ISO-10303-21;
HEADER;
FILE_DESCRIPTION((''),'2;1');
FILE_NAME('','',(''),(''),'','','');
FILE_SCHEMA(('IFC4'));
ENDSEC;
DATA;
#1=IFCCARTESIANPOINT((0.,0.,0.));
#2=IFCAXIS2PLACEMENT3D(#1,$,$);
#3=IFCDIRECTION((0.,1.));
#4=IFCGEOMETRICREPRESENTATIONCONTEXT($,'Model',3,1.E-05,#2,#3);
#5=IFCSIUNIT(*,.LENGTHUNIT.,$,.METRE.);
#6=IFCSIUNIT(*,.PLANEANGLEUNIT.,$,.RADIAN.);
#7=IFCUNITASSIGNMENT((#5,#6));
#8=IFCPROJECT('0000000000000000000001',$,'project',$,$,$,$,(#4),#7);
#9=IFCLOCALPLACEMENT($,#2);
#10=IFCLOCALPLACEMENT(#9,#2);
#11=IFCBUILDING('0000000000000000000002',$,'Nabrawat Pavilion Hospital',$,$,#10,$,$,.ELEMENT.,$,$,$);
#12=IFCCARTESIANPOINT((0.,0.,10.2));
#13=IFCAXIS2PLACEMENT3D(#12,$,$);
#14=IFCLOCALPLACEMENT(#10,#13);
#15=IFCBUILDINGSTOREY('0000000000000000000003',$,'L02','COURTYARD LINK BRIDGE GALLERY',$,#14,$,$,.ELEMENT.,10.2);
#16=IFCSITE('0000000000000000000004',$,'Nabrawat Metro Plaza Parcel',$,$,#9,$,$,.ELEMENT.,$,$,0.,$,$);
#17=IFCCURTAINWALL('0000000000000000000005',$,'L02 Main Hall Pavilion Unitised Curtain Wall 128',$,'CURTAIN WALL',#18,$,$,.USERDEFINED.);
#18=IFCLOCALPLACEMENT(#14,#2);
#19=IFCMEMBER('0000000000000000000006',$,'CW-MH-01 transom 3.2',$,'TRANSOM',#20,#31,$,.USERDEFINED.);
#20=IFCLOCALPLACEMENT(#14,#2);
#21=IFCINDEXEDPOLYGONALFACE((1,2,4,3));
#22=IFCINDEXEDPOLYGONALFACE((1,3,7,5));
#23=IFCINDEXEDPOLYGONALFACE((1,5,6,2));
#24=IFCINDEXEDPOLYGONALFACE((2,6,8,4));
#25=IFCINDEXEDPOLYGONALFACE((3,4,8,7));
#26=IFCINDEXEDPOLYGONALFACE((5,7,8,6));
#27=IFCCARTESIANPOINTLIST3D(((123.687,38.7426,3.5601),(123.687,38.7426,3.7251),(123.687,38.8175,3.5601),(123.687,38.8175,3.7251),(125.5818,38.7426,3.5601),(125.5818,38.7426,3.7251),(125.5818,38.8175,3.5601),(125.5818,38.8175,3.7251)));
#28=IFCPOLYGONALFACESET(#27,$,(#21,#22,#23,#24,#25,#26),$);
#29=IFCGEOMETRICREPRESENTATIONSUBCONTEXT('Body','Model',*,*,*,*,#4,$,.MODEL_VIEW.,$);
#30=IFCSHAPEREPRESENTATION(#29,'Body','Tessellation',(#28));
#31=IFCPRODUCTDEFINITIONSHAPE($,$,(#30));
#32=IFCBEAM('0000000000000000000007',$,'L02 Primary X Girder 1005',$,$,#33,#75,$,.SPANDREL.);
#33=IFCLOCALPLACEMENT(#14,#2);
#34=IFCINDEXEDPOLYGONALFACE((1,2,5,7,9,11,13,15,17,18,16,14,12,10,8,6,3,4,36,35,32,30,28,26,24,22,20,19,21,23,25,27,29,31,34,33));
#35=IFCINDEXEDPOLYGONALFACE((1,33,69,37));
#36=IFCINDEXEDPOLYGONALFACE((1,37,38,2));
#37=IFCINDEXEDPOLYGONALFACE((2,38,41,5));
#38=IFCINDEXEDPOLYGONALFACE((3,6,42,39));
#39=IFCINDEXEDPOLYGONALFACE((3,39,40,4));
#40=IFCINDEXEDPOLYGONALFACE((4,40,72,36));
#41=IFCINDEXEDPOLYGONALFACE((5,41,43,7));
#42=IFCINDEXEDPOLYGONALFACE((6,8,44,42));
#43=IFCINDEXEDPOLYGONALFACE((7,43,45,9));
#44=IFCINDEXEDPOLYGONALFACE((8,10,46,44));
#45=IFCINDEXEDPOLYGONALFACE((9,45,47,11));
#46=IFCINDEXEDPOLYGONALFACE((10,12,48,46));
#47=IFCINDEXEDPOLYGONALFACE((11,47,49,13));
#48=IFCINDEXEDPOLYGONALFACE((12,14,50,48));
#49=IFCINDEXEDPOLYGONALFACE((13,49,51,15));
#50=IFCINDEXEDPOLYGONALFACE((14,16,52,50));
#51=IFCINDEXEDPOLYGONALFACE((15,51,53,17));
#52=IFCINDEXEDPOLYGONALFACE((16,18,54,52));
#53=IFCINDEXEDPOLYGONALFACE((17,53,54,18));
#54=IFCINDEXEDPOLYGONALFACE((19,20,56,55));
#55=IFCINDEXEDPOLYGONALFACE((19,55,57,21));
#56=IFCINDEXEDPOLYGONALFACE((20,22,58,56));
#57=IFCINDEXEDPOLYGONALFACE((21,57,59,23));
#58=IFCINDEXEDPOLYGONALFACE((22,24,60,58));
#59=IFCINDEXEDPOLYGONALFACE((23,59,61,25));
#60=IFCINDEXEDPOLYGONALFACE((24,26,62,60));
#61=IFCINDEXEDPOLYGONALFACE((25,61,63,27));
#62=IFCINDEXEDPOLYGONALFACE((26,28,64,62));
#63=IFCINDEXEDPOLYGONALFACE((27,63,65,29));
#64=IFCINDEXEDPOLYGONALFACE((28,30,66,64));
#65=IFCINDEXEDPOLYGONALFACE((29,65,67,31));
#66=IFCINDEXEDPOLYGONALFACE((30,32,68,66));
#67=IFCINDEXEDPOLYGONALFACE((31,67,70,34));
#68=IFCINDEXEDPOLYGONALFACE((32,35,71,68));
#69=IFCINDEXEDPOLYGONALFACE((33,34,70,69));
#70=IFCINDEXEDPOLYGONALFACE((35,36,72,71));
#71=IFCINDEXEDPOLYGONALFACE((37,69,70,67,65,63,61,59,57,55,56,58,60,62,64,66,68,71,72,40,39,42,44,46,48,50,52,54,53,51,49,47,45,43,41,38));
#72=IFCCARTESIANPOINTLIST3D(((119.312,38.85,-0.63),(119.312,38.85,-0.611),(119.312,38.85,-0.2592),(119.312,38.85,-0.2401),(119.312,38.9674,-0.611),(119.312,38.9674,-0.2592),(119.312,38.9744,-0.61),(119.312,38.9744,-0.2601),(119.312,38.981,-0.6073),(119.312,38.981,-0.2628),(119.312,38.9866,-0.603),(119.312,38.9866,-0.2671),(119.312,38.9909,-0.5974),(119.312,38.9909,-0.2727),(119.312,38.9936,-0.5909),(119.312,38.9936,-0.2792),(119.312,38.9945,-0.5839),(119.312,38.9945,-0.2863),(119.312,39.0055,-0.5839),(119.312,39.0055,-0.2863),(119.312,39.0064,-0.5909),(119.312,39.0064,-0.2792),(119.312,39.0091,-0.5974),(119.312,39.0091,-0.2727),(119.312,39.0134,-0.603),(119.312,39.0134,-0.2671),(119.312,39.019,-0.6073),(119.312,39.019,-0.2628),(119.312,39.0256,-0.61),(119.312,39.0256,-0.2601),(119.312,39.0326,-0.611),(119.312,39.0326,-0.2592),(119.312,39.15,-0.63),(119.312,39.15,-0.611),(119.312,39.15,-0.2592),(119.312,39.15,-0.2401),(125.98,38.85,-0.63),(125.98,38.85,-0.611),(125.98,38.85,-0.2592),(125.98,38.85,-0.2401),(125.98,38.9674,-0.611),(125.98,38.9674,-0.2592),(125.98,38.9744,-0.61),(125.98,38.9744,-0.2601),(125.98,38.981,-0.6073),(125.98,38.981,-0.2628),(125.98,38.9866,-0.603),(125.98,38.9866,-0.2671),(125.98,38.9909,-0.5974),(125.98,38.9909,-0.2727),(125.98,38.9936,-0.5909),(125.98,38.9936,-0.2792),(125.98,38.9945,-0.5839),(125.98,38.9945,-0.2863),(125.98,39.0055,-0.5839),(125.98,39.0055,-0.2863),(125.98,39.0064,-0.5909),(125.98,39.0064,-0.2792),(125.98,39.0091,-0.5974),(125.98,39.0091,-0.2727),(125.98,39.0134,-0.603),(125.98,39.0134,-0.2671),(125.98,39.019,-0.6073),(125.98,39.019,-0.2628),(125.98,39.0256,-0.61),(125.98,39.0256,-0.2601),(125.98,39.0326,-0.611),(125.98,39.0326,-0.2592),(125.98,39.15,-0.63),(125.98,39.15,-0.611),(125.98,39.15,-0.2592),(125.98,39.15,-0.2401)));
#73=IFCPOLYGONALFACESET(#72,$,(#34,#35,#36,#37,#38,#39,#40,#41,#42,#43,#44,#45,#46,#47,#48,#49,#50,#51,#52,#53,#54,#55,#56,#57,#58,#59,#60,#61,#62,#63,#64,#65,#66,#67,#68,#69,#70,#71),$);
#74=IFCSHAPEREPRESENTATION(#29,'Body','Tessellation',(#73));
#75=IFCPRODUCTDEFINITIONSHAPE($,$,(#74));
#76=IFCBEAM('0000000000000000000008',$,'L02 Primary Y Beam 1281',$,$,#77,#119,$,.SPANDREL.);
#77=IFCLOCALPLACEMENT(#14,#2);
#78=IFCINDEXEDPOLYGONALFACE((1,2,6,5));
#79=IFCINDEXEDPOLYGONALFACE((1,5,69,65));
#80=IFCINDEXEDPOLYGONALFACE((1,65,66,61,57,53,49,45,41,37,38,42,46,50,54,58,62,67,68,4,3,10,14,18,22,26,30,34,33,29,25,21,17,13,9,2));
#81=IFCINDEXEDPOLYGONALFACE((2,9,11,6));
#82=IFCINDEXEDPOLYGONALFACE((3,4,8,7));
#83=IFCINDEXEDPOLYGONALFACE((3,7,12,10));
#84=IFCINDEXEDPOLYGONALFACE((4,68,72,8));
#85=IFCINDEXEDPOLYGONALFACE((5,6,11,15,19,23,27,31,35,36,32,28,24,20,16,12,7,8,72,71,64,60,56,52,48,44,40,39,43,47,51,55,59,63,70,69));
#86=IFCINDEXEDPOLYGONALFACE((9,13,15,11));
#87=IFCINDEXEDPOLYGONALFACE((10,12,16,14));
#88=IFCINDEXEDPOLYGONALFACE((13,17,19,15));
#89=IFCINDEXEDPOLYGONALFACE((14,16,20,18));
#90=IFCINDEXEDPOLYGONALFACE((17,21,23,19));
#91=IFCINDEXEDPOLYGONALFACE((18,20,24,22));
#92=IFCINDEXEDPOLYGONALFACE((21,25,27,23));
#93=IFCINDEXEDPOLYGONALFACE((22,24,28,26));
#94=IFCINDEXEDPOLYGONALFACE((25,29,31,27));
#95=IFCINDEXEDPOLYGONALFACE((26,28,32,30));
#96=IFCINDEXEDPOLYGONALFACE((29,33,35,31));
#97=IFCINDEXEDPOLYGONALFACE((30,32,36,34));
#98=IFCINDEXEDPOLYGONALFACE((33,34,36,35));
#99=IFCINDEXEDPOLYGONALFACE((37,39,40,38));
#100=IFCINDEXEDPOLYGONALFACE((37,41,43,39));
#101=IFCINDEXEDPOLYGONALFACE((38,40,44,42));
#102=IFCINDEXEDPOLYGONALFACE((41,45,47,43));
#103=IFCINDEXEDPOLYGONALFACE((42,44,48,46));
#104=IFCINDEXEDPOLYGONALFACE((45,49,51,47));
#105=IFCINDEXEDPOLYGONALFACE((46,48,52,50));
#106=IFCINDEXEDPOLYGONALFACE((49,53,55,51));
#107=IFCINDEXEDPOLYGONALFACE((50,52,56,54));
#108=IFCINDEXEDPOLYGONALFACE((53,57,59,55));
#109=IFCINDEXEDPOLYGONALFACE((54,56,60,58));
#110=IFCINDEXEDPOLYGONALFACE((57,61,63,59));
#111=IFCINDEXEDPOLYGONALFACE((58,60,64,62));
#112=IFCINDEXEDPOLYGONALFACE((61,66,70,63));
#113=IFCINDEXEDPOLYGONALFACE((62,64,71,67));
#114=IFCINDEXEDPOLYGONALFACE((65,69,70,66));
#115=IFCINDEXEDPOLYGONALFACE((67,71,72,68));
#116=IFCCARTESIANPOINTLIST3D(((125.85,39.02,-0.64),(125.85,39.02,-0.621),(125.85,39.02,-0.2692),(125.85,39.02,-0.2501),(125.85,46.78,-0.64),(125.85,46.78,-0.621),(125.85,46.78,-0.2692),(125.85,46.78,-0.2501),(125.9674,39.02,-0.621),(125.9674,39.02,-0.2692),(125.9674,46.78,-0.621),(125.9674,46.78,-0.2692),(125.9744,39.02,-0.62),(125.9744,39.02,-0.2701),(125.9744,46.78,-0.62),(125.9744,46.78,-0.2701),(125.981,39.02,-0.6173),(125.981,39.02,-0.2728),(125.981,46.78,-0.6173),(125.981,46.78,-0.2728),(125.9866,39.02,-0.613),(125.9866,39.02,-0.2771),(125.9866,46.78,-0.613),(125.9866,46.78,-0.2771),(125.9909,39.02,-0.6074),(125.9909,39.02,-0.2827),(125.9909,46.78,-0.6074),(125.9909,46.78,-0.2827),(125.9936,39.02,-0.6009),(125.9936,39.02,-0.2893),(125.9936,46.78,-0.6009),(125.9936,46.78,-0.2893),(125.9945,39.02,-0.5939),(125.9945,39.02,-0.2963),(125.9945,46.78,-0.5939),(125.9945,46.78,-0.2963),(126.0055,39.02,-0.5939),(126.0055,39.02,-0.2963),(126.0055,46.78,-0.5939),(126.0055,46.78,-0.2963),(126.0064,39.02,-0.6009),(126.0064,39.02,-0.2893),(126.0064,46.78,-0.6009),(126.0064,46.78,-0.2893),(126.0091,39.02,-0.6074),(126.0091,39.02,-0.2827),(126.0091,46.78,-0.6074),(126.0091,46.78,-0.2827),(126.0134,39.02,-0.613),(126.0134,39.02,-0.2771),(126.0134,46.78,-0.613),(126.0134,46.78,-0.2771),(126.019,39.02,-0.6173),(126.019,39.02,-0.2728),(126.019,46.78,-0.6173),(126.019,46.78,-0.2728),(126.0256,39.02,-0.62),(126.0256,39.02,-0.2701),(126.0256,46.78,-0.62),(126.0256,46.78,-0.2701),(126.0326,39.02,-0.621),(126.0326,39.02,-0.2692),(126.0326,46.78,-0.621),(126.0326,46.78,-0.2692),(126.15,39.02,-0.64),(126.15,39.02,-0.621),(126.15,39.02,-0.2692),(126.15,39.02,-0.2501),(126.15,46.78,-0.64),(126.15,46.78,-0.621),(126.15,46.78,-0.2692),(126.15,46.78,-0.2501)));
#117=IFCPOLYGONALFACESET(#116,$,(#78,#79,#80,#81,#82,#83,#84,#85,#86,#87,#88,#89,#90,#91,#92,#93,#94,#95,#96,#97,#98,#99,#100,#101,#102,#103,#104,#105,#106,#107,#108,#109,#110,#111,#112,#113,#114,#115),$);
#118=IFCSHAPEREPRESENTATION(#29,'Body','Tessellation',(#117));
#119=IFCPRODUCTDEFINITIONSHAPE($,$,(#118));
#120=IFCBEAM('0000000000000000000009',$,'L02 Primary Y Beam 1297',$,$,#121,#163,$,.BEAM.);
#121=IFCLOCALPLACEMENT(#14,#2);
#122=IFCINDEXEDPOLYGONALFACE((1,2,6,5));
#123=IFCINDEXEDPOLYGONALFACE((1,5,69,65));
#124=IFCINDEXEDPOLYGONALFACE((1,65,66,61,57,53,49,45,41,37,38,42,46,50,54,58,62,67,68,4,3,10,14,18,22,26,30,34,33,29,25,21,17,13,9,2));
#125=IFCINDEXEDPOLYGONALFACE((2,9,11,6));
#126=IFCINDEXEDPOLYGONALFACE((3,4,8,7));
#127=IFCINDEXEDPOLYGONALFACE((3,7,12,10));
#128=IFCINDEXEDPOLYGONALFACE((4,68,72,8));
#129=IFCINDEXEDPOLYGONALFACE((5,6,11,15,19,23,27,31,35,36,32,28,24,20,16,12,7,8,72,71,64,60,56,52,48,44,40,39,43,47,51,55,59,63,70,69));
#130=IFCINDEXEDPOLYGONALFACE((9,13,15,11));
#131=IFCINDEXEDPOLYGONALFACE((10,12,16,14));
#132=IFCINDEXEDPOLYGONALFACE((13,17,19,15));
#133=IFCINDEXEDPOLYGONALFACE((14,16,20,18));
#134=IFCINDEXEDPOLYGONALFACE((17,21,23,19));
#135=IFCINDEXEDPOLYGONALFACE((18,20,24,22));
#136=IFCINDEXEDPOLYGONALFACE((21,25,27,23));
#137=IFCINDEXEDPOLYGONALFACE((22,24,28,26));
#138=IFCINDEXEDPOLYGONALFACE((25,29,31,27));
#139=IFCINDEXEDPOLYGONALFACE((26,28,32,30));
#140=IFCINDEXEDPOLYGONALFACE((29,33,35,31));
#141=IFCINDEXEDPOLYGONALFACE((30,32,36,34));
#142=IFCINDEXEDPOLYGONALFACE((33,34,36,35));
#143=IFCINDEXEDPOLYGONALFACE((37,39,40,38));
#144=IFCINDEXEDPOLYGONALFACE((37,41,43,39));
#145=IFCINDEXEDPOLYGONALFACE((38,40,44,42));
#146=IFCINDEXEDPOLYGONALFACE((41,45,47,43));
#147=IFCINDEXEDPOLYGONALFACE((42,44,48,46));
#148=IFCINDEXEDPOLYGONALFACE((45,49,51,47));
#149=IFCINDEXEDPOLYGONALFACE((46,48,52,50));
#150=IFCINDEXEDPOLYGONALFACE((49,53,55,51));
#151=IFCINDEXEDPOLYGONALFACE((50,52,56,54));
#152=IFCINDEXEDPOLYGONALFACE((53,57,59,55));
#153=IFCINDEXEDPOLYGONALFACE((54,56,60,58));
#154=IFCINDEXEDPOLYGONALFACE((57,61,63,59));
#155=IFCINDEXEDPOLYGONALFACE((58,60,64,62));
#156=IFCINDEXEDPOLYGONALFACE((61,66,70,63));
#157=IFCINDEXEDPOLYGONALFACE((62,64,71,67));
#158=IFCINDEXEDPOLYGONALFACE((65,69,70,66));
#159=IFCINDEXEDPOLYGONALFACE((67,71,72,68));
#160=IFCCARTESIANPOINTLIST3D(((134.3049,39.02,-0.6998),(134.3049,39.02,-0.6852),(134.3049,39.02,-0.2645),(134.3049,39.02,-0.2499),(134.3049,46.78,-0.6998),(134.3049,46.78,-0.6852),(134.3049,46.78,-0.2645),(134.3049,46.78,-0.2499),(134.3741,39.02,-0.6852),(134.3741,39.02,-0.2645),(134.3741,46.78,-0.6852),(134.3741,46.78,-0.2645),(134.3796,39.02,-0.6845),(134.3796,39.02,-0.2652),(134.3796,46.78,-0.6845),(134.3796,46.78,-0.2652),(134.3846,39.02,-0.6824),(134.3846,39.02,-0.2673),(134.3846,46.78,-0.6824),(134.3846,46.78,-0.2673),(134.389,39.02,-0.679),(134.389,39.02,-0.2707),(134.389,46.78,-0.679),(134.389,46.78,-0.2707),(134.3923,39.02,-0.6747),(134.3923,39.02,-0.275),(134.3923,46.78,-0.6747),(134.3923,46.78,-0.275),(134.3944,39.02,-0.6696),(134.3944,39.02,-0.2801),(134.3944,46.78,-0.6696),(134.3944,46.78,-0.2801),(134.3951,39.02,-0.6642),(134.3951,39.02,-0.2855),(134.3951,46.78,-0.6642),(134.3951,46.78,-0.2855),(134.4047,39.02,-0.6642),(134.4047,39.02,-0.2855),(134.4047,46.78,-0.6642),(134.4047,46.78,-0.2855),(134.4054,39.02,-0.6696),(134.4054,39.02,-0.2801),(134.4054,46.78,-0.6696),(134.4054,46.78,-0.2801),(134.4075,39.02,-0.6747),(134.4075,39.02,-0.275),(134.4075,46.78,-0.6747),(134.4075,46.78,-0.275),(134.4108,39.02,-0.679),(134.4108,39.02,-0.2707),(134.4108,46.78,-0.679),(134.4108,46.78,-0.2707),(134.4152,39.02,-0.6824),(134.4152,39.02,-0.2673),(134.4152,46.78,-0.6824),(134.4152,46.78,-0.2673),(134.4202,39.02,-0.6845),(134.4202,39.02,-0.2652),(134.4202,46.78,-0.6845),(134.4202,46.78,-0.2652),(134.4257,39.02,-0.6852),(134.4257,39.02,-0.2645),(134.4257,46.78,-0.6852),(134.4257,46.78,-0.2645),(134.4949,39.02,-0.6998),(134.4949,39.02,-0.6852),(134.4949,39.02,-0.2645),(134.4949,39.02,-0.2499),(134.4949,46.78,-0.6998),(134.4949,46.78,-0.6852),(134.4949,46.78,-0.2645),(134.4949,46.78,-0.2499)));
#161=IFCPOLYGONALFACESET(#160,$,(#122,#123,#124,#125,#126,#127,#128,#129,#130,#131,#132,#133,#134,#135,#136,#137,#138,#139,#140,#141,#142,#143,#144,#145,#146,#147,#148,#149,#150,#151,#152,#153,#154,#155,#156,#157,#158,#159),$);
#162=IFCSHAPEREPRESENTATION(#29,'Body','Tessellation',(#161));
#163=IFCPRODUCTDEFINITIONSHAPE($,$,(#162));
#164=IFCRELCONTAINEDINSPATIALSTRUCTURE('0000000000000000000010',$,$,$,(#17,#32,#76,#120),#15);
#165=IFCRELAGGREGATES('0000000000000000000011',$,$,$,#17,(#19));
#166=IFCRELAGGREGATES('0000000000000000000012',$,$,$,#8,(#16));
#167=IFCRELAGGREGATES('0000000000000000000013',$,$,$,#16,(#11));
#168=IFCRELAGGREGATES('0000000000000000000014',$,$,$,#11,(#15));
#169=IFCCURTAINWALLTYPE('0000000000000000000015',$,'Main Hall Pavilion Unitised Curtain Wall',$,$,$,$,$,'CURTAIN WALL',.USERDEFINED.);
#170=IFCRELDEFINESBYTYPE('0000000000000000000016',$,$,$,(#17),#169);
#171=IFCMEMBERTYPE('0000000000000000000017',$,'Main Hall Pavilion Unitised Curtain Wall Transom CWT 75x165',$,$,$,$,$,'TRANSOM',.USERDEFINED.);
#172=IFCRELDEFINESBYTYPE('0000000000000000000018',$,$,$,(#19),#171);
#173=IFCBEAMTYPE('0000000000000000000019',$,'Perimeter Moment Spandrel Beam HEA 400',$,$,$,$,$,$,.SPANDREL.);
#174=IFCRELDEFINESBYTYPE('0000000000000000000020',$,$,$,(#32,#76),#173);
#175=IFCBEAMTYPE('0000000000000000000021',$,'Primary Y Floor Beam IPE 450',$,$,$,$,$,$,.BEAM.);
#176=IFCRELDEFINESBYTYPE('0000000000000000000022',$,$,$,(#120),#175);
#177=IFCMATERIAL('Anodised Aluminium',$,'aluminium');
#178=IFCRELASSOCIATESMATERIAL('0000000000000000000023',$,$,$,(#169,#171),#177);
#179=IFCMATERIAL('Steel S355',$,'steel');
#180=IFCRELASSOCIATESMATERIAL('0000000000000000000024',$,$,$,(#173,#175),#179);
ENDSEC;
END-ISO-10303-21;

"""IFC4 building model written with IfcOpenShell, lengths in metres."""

from ifc_helpers import new_model, si_unit, direction, frame, origin, origin_2d, place, context, subcontext, project, spatial, rectangle, i_section, extrude, material, material_profile, profile_set, type_object, element, aggregate, save


model = new_model("IFC4")

# Units and contexts
model_context = context("Model", 3, precision=1e-05, world=origin(), true_north=direction((0.0, 1.0)))
body_context = subcontext(model_context, "Body", "Model", "MODEL_VIEW")
ifc_project = project(units=[si_unit("LENGTHUNIT", "METRE"), si_unit("PLANEANGLEUNIT", "RADIAN")], contexts=[model_context])

# Site, building, storey
site_placement = place(None, origin())
site = spatial("IfcSite", under=ifc_project, at=site_placement, Name="Nabrawat Metro Plaza Parcel", CompositionType="ELEMENT", RefElevation=0.0)
building_placement = place(site_placement, origin())
building = spatial("IfcBuilding", under=site, at=building_placement, Name="Nabrawat Pavilion Hospital", CompositionType="ELEMENT")
storey_placement = place(building_placement, frame((0.0, 0.0, 10.2)))
storey = spatial("IfcBuildingStorey", under=building, at=storey_placement, Name="L02", Description="COURTYARD LINK BRIDGE GALLERY", CompositionType="ELEMENT", Elevation=10.2)

# Shared definitions
ifc_material_1 = material(Name="Steel S355", Category="steel")

# Curtain wall, member
ifc_material_2 = material(Name="Anodised Aluminium", Category="aluminium")
curtain_wall_type_1 = type_object("IfcCurtainWallType", Name="Main Hall Pavilion Unitised Curtain Wall", ElementType="CURTAIN WALL", PredefinedType="USERDEFINED", material=ifc_material_2)
curtain_wall_1_placement = place(storey_placement, origin())
curtain_wall_1 = element("IfcCurtainWall", 1, at=curtain_wall_1_placement, inside=storey, type_object=curtain_wall_type_1, Name="L02 Main Hall Pavilion Unitised Curtain Wall 128", ObjectType="CURTAIN WALL", PredefinedType="USERDEFINED")
ifc_material_profile_1 = material_profile(ifc_material_2, rectangle(XDim=0.075, YDim=0.165, at=origin_2d()), Name="CWT 75x165")
ifc_profile_set_1 = profile_set([ifc_material_profile_1], Name="Anodised Aluminium")
member_type_1 = type_object("IfcMemberType", Name="Main Hall Pavilion Unitised Curtain Wall Transom CWT 75x165", ElementType="TRANSOM", PredefinedType="USERDEFINED", material=ifc_profile_set_1)
member_1_placement = place(storey_placement, frame((123.687, 38.78, 3.6426), z_axis=(1.0, 0.0, 0.0), x_axis=(0.0, 1.0, 0.0)))
member_1 = element("IfcMember", 2, at=member_1_placement, type_object=member_type_1, Name="CW-MH-01 transom 3.2", ObjectType="TRANSOM", PredefinedType="USERDEFINED", context=body_context, shape_type="SweptSolid", body=[
    extrude(rectangle(XDim=0.075, YDim=0.165, at=origin_2d()), origin(), (0.0, 0.0, 1.0), 1.8948),
])

# Beams
ifc_material_profile_2 = material_profile(ifc_material_1, i_section(OverallWidth=0.3, OverallDepth=0.3899, WebThickness=0.011, FlangeThickness=0.019, FilletRadius=0.0271, at=origin_2d()), Name="HEA 400")
ifc_profile_set_2 = profile_set([ifc_material_profile_2], Name="Steel S355")
beam_type_1 = type_object("IfcBeamType", Name="Perimeter Moment Spandrel Beam HEA 400", PredefinedType="SPANDREL", material=ifc_profile_set_2)
beam_1_placement = place(storey_placement, frame((119.312, 39.0, -0.4351), z_axis=(1.0, 0.0, 0.0), x_axis=(0.0, 1.0, 0.0)))
element("IfcBeam", 3, at=beam_1_placement, inside=storey, type_object=beam_type_1, Name="L02 Primary X Girder 1005", PredefinedType="SPANDREL", context=body_context, shape_type="SweptSolid", body=[
    extrude(i_section(OverallWidth=0.3, OverallDepth=0.3899, WebThickness=0.011, FlangeThickness=0.019, FilletRadius=0.0271, at=origin_2d()), origin(), (0.0, 0.0, 1.0), 6.668),
])
beam_2_placement = place(storey_placement, frame((126.0, 39.02, -0.4451), z_axis=(0.0, 1.0, 0.0), x_axis=(-1.0, 0.0, 0.0)))
element("IfcBeam", 4, at=beam_2_placement, inside=storey, type_object=beam_type_1, Name="L02 Primary Y Beam 1281", PredefinedType="SPANDREL", context=body_context, shape_type="SweptSolid", body=[
    extrude(i_section(OverallWidth=0.3, OverallDepth=0.3899, WebThickness=0.011, FlangeThickness=0.019, FilletRadius=0.0271, at=origin_2d()), origin(), (0.0, 0.0, 1.0), 7.76),
])
ifc_material_profile_3 = material_profile(ifc_material_1, i_section(OverallWidth=0.1899, OverallDepth=0.45, WebThickness=0.0095, FlangeThickness=0.0146, FilletRadius=0.021, at=origin_2d()), Name="IPE 450")
ifc_profile_set_3 = profile_set([ifc_material_profile_3], Name="Steel S355")
beam_type_2 = type_object("IfcBeamType", Name="Primary Y Floor Beam IPE 450", PredefinedType="BEAM", material=ifc_profile_set_3)
beam_3_placement = place(storey_placement, frame((134.3999, 39.02, -0.4749), z_axis=(0.0, 1.0, 0.0), x_axis=(-1.0, 0.0, 0.0)))
element("IfcBeam", 5, at=beam_3_placement, inside=storey, type_object=beam_type_2, Name="L02 Primary Y Beam 1297", PredefinedType="BEAM", context=body_context, shape_type="SweptSolid", body=[
    extrude(i_section(OverallWidth=0.1899, OverallDepth=0.45, WebThickness=0.0095, FlangeThickness=0.0146, FilletRadius=0.021, at=origin_2d()), origin(), (0.0, 0.0, 1.0), 7.76),
])

aggregate(curtain_wall_1, [member_1])

save(model, "model.ifc")
